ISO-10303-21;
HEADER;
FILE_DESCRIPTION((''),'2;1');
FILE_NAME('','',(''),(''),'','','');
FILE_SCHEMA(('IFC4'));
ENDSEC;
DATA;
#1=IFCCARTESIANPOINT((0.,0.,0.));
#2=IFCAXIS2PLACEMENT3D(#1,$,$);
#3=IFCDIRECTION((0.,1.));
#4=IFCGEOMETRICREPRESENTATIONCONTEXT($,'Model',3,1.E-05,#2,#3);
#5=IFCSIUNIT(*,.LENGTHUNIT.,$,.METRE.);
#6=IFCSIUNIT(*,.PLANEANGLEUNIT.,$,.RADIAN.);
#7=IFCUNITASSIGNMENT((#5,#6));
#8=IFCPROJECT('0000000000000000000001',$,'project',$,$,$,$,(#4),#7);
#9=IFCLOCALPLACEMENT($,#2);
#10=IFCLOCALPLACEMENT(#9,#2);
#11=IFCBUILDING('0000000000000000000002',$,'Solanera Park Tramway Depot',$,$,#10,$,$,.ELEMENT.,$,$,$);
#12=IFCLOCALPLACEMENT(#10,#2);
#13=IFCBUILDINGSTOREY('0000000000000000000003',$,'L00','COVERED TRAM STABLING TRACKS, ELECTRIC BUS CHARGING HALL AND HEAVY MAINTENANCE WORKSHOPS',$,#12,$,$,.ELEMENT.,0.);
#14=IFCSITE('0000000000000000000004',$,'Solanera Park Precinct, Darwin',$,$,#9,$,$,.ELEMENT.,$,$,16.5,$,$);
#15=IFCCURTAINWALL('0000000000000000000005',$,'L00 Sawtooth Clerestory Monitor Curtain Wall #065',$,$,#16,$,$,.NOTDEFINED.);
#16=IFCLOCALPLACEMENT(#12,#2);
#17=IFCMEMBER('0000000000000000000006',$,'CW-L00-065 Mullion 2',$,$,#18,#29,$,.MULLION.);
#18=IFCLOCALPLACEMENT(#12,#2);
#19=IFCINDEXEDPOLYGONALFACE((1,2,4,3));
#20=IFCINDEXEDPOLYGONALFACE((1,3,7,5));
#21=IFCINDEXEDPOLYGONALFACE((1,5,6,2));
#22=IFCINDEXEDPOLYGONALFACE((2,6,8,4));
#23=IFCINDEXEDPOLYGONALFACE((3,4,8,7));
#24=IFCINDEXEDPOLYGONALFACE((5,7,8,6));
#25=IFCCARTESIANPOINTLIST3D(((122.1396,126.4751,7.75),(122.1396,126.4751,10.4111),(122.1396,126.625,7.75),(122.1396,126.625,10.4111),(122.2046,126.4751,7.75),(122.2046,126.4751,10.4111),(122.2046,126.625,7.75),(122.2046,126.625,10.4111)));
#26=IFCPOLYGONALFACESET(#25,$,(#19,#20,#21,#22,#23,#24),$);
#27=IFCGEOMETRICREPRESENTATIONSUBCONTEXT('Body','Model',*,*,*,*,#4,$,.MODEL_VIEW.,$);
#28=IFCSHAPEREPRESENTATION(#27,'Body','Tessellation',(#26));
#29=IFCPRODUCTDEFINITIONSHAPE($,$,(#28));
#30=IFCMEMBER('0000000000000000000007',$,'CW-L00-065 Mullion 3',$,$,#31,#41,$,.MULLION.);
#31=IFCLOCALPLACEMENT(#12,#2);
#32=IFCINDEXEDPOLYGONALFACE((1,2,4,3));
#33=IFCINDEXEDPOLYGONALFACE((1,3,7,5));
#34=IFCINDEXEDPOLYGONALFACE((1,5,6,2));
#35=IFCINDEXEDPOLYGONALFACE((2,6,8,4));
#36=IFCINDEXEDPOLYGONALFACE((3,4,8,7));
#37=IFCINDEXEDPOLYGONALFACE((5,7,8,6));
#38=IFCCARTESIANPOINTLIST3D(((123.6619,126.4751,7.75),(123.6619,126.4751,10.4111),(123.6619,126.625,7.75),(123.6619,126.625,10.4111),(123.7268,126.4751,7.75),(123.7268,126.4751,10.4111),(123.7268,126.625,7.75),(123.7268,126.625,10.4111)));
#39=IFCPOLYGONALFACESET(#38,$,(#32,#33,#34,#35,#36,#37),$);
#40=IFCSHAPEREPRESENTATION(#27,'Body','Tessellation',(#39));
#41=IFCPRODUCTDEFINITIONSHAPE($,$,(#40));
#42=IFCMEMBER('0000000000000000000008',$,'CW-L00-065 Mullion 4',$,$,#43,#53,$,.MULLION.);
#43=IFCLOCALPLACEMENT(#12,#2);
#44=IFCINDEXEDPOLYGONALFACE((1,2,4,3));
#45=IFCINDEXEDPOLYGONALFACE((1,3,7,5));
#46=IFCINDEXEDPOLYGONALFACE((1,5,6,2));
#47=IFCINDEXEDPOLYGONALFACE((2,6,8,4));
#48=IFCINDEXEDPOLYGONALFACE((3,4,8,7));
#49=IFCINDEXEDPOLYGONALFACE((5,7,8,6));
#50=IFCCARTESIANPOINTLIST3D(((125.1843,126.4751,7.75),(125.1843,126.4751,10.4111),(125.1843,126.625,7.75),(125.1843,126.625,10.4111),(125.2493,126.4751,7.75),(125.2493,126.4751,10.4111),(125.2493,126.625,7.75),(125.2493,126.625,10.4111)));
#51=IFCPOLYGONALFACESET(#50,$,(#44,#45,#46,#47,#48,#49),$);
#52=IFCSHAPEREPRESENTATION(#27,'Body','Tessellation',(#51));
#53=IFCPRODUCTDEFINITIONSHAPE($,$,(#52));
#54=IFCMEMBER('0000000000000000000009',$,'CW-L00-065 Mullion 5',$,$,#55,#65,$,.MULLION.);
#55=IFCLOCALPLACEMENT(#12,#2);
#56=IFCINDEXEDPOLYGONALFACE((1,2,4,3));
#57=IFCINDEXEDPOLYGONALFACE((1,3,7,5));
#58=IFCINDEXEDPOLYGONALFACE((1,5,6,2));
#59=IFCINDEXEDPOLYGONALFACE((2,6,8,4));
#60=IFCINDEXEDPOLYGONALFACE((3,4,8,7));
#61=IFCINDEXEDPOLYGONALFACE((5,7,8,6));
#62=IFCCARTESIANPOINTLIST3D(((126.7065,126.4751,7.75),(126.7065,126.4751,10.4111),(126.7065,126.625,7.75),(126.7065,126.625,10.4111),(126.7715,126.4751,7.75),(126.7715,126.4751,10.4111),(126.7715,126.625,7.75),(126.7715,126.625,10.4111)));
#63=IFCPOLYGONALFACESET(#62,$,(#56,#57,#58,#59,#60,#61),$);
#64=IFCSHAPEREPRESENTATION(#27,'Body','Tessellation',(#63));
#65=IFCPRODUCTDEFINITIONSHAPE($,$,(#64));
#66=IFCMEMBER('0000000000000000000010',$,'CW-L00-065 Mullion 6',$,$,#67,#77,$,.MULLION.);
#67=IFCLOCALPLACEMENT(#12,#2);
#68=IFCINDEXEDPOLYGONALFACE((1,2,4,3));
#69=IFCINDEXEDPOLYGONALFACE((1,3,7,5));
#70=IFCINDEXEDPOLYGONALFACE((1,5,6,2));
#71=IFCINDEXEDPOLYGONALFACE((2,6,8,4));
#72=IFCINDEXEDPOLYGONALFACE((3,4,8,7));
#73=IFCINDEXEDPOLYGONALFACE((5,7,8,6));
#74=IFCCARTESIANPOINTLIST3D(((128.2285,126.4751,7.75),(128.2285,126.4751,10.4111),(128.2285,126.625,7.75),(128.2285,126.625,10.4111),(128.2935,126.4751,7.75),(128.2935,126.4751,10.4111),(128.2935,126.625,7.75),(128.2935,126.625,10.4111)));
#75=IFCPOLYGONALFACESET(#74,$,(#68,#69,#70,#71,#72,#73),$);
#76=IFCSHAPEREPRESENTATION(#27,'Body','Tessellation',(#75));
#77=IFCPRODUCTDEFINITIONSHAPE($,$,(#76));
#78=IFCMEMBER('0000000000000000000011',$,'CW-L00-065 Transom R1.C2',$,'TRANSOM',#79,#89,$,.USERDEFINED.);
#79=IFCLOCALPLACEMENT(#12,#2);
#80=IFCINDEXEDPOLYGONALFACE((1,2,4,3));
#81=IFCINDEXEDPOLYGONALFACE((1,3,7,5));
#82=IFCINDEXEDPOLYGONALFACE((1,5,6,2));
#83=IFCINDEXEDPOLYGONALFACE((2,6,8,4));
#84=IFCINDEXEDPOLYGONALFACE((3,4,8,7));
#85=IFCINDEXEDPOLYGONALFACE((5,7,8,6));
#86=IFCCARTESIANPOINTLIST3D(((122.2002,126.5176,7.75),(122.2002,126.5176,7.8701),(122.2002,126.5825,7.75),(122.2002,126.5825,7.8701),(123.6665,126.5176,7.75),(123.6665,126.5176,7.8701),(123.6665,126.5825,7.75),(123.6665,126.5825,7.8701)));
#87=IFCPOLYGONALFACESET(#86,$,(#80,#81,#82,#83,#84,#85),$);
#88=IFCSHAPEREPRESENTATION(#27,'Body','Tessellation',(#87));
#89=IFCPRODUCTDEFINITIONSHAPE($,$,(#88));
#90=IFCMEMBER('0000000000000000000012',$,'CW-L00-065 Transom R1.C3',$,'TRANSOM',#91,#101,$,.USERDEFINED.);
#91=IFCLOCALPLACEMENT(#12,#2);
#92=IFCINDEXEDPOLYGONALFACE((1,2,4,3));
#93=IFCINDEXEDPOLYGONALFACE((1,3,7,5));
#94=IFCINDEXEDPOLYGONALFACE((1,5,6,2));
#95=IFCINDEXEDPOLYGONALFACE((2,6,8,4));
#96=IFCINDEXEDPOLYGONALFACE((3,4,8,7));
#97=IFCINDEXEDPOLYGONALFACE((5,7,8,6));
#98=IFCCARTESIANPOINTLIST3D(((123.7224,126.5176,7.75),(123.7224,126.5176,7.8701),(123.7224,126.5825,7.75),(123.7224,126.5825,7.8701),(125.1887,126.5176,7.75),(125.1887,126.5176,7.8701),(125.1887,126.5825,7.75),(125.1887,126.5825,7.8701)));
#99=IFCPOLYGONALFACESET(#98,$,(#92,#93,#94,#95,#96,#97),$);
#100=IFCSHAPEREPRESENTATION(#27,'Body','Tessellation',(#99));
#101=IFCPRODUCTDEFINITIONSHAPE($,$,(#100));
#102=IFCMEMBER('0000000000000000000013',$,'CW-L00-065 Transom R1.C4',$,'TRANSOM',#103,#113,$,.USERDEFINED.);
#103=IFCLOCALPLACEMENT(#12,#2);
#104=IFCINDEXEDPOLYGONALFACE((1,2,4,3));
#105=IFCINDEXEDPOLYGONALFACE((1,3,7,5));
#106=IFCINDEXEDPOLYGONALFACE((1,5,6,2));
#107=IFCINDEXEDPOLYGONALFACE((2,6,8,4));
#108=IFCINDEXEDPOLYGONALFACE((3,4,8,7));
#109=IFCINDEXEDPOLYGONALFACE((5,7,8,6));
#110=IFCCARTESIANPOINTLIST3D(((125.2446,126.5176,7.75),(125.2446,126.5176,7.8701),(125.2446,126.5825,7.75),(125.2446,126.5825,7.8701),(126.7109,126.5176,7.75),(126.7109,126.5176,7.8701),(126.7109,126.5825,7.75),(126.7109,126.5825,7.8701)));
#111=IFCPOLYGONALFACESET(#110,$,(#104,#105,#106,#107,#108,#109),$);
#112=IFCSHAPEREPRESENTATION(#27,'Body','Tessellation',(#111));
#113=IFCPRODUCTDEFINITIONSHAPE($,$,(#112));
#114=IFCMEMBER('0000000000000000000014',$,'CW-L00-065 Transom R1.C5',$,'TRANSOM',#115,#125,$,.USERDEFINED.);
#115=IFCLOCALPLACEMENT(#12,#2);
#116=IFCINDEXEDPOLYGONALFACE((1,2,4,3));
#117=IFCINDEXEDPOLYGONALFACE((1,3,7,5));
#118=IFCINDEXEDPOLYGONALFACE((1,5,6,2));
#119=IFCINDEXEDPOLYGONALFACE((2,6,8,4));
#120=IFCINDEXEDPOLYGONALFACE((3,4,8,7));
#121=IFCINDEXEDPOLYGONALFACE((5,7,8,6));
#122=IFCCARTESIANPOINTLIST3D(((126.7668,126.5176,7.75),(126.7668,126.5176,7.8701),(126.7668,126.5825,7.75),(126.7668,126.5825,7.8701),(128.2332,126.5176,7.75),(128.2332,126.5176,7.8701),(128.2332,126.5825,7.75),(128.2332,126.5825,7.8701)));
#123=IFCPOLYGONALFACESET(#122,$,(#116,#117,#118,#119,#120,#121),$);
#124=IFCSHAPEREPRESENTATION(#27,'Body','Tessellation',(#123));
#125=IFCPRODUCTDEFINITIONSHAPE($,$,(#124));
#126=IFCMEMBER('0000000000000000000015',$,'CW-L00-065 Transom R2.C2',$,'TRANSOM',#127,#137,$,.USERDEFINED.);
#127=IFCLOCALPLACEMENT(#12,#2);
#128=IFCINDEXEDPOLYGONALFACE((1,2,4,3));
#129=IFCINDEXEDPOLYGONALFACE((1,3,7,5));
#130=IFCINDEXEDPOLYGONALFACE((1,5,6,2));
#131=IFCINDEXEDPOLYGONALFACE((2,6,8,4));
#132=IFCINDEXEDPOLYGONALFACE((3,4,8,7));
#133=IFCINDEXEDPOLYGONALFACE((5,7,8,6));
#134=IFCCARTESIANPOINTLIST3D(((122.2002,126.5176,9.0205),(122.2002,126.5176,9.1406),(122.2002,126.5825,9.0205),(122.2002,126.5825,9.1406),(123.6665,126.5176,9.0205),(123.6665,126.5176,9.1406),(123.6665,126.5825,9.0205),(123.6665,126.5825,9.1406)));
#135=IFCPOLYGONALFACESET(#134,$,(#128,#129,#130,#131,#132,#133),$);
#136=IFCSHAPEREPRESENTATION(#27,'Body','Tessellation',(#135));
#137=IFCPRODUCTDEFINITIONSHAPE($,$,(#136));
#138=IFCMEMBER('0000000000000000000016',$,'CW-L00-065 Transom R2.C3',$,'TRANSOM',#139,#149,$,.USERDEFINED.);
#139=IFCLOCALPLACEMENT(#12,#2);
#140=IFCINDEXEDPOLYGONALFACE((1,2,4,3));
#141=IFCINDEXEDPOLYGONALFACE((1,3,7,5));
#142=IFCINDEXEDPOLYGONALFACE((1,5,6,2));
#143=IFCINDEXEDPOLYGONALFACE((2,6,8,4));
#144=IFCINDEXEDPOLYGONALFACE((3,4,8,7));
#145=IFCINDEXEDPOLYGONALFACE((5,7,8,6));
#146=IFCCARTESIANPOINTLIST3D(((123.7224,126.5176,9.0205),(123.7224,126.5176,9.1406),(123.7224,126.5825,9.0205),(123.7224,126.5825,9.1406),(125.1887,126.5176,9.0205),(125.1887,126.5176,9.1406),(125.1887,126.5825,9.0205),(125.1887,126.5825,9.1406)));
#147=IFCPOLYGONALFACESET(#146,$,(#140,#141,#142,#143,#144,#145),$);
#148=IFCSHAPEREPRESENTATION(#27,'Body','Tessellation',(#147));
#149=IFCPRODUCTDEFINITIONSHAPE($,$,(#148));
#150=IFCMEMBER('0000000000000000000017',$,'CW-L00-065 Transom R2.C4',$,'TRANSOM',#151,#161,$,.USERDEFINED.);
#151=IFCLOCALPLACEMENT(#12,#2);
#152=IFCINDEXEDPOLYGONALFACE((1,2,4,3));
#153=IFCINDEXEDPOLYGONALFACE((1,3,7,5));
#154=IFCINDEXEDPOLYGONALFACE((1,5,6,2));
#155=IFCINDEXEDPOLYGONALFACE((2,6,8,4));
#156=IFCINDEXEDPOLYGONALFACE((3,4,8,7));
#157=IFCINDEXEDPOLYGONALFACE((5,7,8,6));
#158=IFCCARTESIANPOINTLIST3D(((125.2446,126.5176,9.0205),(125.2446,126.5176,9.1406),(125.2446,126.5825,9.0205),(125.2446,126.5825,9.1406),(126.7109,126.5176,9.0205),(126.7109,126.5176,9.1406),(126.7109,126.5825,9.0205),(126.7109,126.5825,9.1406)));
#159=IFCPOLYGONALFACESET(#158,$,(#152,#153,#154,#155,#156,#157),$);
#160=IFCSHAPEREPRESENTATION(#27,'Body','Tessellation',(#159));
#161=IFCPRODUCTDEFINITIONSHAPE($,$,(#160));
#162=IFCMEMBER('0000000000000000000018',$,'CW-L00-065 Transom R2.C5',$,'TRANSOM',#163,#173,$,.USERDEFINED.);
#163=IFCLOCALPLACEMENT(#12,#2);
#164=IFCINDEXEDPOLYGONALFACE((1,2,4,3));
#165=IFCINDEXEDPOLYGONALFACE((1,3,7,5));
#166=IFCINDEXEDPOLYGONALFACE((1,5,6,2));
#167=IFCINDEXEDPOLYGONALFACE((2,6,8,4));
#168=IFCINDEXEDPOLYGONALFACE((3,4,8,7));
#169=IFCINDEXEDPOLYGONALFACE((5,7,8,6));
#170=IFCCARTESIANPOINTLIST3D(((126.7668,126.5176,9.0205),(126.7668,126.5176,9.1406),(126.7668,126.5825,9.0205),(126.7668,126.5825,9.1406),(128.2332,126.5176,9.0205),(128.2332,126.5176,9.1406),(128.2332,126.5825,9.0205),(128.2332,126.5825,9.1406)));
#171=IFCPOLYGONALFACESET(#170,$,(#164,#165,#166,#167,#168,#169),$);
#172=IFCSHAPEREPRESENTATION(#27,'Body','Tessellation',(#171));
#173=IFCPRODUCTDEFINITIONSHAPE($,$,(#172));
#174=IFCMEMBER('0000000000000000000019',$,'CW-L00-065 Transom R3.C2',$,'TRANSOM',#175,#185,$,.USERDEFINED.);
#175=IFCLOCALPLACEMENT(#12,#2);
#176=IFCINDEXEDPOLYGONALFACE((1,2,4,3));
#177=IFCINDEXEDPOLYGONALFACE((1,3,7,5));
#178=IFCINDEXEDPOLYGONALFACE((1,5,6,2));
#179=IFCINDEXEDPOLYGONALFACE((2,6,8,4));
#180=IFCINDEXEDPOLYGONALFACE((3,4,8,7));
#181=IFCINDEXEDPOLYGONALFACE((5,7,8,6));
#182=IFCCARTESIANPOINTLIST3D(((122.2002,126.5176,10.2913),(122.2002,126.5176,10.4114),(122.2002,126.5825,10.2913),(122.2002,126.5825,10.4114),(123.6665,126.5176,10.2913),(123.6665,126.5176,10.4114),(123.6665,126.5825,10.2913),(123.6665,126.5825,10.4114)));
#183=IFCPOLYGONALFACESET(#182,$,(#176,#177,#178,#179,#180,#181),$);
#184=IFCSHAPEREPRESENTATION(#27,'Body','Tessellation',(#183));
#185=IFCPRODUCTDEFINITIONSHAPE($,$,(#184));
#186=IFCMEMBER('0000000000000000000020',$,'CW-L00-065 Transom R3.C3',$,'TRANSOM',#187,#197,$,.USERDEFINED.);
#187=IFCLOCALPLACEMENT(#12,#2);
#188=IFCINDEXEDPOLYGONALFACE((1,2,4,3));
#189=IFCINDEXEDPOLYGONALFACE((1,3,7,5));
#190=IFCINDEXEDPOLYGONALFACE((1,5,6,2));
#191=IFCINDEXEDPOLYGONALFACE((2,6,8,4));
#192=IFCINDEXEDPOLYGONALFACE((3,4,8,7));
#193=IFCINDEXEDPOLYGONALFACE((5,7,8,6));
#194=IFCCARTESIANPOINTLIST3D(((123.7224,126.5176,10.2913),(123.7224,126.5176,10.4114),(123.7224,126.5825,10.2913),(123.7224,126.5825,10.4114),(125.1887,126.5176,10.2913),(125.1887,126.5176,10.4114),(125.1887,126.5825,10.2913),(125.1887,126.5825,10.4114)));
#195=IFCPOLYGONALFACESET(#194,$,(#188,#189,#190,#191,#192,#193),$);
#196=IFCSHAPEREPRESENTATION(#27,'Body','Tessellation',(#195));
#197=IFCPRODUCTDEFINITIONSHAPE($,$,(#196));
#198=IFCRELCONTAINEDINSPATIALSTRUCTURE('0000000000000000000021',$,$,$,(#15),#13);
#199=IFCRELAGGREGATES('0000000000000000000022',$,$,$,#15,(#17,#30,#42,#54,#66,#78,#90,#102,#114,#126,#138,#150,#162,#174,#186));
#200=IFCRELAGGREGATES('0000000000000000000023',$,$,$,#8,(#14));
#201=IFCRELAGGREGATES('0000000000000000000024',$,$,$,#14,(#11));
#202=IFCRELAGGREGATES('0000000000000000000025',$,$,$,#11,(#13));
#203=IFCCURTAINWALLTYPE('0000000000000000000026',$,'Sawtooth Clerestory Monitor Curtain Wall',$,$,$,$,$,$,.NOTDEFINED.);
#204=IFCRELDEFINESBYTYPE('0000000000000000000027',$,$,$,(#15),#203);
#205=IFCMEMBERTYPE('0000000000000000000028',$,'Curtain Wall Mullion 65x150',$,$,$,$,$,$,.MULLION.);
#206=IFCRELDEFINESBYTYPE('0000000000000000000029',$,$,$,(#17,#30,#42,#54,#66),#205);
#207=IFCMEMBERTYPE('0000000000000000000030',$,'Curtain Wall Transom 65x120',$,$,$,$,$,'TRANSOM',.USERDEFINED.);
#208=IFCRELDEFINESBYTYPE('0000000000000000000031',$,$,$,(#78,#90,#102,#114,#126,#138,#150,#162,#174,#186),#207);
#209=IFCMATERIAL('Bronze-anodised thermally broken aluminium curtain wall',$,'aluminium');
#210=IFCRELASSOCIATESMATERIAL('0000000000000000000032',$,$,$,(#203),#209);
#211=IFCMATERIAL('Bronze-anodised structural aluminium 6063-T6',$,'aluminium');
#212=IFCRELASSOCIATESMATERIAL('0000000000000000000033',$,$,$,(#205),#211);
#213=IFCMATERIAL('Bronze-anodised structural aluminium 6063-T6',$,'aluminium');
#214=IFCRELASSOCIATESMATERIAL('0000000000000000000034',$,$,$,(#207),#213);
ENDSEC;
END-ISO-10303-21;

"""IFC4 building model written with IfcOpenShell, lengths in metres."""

from ifc_helpers import new_model, si_unit, direction, frame, origin, origin_2d, place, context, subcontext, project, spatial, rectangle, extrude, material, material_profile, profile_set, type_object, element, aggregate, save


model = new_model("IFC4")

# Units and contexts
model_context = context("Model", 3, precision=1e-05, world=origin(), true_north=direction((0.0, 1.0)))
body_context = subcontext(model_context, "Body", "Model", "MODEL_VIEW")
ifc_project = project(units=[si_unit("LENGTHUNIT", "METRE"), si_unit("PLANEANGLEUNIT", "RADIAN")], contexts=[model_context])

# Site, building, storey
site_placement = place(None, origin())
site = spatial("IfcSite", under=ifc_project, at=site_placement, Name="Solanera Park Precinct, Darwin", CompositionType="ELEMENT", RefElevation=16.5)
building_placement = place(site_placement, origin())
building = spatial("IfcBuilding", under=site, at=building_placement, Name="Solanera Park Tramway Depot", CompositionType="ELEMENT")
storey_placement = place(building_placement, origin())
storey = spatial("IfcBuildingStorey", under=building, at=storey_placement, Name="L00", Description="COVERED TRAM STABLING TRACKS, ELECTRIC BUS CHARGING HALL AND HEAVY MAINTENANCE WORKSHOPS", CompositionType="ELEMENT", Elevation=0.0)

# Curtain wall, members
ifc_material_1 = material(Name="Bronze-anodised thermally broken aluminium curtain wall", Category="aluminium")
curtain_wall_type = type_object("IfcCurtainWallType", Name="Sawtooth Clerestory Monitor Curtain Wall", PredefinedType="NOTDEFINED", material=ifc_material_1)
curtain_wall_placement = place(storey_placement, origin())
curtain_wall = element("IfcCurtainWall", 1, at=curtain_wall_placement, inside=storey, type_object=curtain_wall_type, Name="L00 Sawtooth Clerestory Monitor Curtain Wall #065", PredefinedType="NOTDEFINED")
ifc_material_2 = material(Name="Bronze-anodised structural aluminium 6063-T6", Category="aluminium")
ifc_material_profile_1 = material_profile(ifc_material_2, rectangle(XDim=0.0649, YDim=0.1499, at=origin_2d()), Name="Curtain Wall Mullion 65x150")
ifc_profile_set_1 = profile_set([ifc_material_profile_1], Name="Bronze-anodised structural aluminium 6063-T6")
member_type_1 = type_object("IfcMemberType", Name="Curtain Wall Mullion 65x150", PredefinedType="MULLION", material=ifc_profile_set_1)
member_1_placement = place(storey_placement, frame((122.1721, 126.55, 7.75), z_axis=(0.0, 0.0, 1.0), x_axis=(1.0, 0.0, 0.0)))
member_1 = element("IfcMember", 2, at=member_1_placement, type_object=member_type_1, Name="CW-L00-065 Mullion 2", PredefinedType="MULLION", context=body_context, shape_type="SweptSolid", body=[
    extrude(rectangle(XDim=0.0649, YDim=0.1499, at=origin_2d()), origin(), (0.0, 0.0, 1.0), 2.6611),
])
member_2_placement = place(storey_placement, frame((123.6943, 126.55, 7.75), z_axis=(0.0, 0.0, 1.0), x_axis=(1.0, 0.0, 0.0)))
member_2 = element("IfcMember", 3, at=member_2_placement, type_object=member_type_1, Name="CW-L00-065 Mullion 3", PredefinedType="MULLION", context=body_context, shape_type="SweptSolid", body=[
    extrude(rectangle(XDim=0.0649, YDim=0.1499, at=origin_2d()), origin(), (0.0, 0.0, 1.0), 2.6611),
])
member_3_placement = place(storey_placement, frame((125.2168, 126.55, 7.75), z_axis=(0.0, 0.0, 1.0), x_axis=(1.0, 0.0, 0.0)))
member_3 = element("IfcMember", 4, at=member_3_placement, type_object=member_type_1, Name="CW-L00-065 Mullion 4", PredefinedType="MULLION", context=body_context, shape_type="SweptSolid", body=[
    extrude(rectangle(XDim=0.0649, YDim=0.1499, at=origin_2d()), origin(), (0.0, 0.0, 1.0), 2.6611),
])
member_4_placement = place(storey_placement, frame((126.739, 126.55, 7.75), z_axis=(0.0, 0.0, 1.0), x_axis=(1.0, 0.0, 0.0)))
member_4 = element("IfcMember", 5, at=member_4_placement, type_object=member_type_1, Name="CW-L00-065 Mullion 5", PredefinedType="MULLION", context=body_context, shape_type="SweptSolid", body=[
    extrude(rectangle(XDim=0.0649, YDim=0.1499, at=origin_2d()), origin(), (0.0, 0.0, 1.0), 2.6611),
])
member_5_placement = place(storey_placement, frame((128.261, 126.55, 7.75), z_axis=(0.0, 0.0, 1.0), x_axis=(1.0, 0.0, 0.0)))
member_5 = element("IfcMember", 6, at=member_5_placement, type_object=member_type_1, Name="CW-L00-065 Mullion 6", PredefinedType="MULLION", context=body_context, shape_type="SweptSolid", body=[
    extrude(rectangle(XDim=0.0649, YDim=0.1499, at=origin_2d()), origin(), (0.0, 0.0, 1.0), 2.6611),
])
ifc_material_3 = material(Name="Bronze-anodised structural aluminium 6063-T6", Category="aluminium")
ifc_material_profile_2 = material_profile(ifc_material_3, rectangle(XDim=0.0649, YDim=0.1201, at=origin_2d()), Name="Curtain Wall Transom 65x120")
ifc_profile_set_2 = profile_set([ifc_material_profile_2], Name="Bronze-anodised structural aluminium 6063-T6")
member_type_2 = type_object("IfcMemberType", Name="Curtain Wall Transom 65x120", ElementType="TRANSOM", PredefinedType="USERDEFINED", material=ifc_profile_set_2)
member_6_placement = place(storey_placement, frame((122.2002, 126.55, 7.8101), z_axis=(1.0, 0.0, 0.0), x_axis=(0.0, 1.0, 0.0)))
member_6 = element("IfcMember", 7, at=member_6_placement, type_object=member_type_2, Name="CW-L00-065 Transom R1.C2", ObjectType="TRANSOM", PredefinedType="USERDEFINED", context=body_context, shape_type="SweptSolid", body=[
    extrude(rectangle(XDim=0.0649, YDim=0.1201, at=origin_2d()), origin(), (0.0, 0.0, 1.0), 1.4663),
])
member_7_placement = place(storey_placement, frame((123.7224, 126.55, 7.8101), z_axis=(1.0, 0.0, 0.0), x_axis=(0.0, 1.0, 0.0)))
member_7 = element("IfcMember", 8, at=member_7_placement, type_object=member_type_2, Name="CW-L00-065 Transom R1.C3", ObjectType="TRANSOM", PredefinedType="USERDEFINED", context=body_context, shape_type="SweptSolid", body=[
    extrude(rectangle(XDim=0.0649, YDim=0.1201, at=origin_2d()), origin(), (0.0, 0.0, 1.0), 1.4663),
])
member_8_placement = place(storey_placement, frame((125.2446, 126.55, 7.8101), z_axis=(1.0, 0.0, 0.0), x_axis=(0.0, 1.0, 0.0)))
member_8 = element("IfcMember", 9, at=member_8_placement, type_object=member_type_2, Name="CW-L00-065 Transom R1.C4", ObjectType="TRANSOM", PredefinedType="USERDEFINED", context=body_context, shape_type="SweptSolid", body=[
    extrude(rectangle(XDim=0.0649, YDim=0.1201, at=origin_2d()), origin(), (0.0, 0.0, 1.0), 1.4663),
])
member_9_placement = place(storey_placement, frame((126.7668, 126.55, 7.8101), z_axis=(1.0, 0.0, 0.0), x_axis=(0.0, 1.0, 0.0)))
member_9 = element("IfcMember", 10, at=member_9_placement, type_object=member_type_2, Name="CW-L00-065 Transom R1.C5", ObjectType="TRANSOM", PredefinedType="USERDEFINED", context=body_context, shape_type="SweptSolid", body=[
    extrude(rectangle(XDim=0.0649, YDim=0.1201, at=origin_2d()), origin(), (0.0, 0.0, 1.0), 1.4663),
])
member_10_placement = place(storey_placement, frame((122.2002, 126.55, 9.0806), z_axis=(1.0, 0.0, 0.0), x_axis=(0.0, 1.0, 0.0)))
member_10 = element("IfcMember", 11, at=member_10_placement, type_object=member_type_2, Name="CW-L00-065 Transom R2.C2", ObjectType="TRANSOM", PredefinedType="USERDEFINED", context=body_context, shape_type="SweptSolid", body=[
    extrude(rectangle(XDim=0.0649, YDim=0.1201, at=origin_2d()), origin(), (0.0, 0.0, 1.0), 1.4663),
])
member_11_placement = place(storey_placement, frame((123.7224, 126.55, 9.0806), z_axis=(1.0, 0.0, 0.0), x_axis=(0.0, 1.0, 0.0)))
member_11 = element("IfcMember", 12, at=member_11_placement, type_object=member_type_2, Name="CW-L00-065 Transom R2.C3", ObjectType="TRANSOM", PredefinedType="USERDEFINED", context=body_context, shape_type="SweptSolid", body=[
    extrude(rectangle(XDim=0.0649, YDim=0.1201, at=origin_2d()), origin(), (0.0, 0.0, 1.0), 1.4663),
])
member_12_placement = place(storey_placement, frame((125.2446, 126.55, 9.0806), z_axis=(1.0, 0.0, 0.0), x_axis=(0.0, 1.0, 0.0)))
member_12 = element("IfcMember", 13, at=member_12_placement, type_object=member_type_2, Name="CW-L00-065 Transom R2.C4", ObjectType="TRANSOM", PredefinedType="USERDEFINED", context=body_context, shape_type="SweptSolid", body=[
    extrude(rectangle(XDim=0.0649, YDim=0.1201, at=origin_2d()), origin(), (0.0, 0.0, 1.0), 1.4663),
])
member_13_placement = place(storey_placement, frame((126.7668, 126.55, 9.0806), z_axis=(1.0, 0.0, 0.0), x_axis=(0.0, 1.0, 0.0)))
member_13 = element("IfcMember", 14, at=member_13_placement, type_object=member_type_2, Name="CW-L00-065 Transom R2.C5", ObjectType="TRANSOM", PredefinedType="USERDEFINED", context=body_context, shape_type="SweptSolid", body=[
    extrude(rectangle(XDim=0.0649, YDim=0.1201, at=origin_2d()), origin(), (0.0, 0.0, 1.0), 1.4663),
])
member_14_placement = place(storey_placement, frame((122.2002, 126.55, 10.3513), z_axis=(1.0, 0.0, 0.0), x_axis=(0.0, 1.0, 0.0)))
member_14 = element("IfcMember", 15, at=member_14_placement, type_object=member_type_2, Name="CW-L00-065 Transom R3.C2", ObjectType="TRANSOM", PredefinedType="USERDEFINED", context=body_context, shape_type="SweptSolid", body=[
    extrude(rectangle(XDim=0.0649, YDim=0.1201, at=origin_2d()), origin(), (0.0, 0.0, 1.0), 1.4663),
])
member_15_placement = place(storey_placement, frame((123.7224, 126.55, 10.3513), z_axis=(1.0, 0.0, 0.0), x_axis=(0.0, 1.0, 0.0)))
member_15 = element("IfcMember", 16, at=member_15_placement, type_object=member_type_2, Name="CW-L00-065 Transom R3.C3", ObjectType="TRANSOM", PredefinedType="USERDEFINED", context=body_context, shape_type="SweptSolid", body=[
    extrude(rectangle(XDim=0.0649, YDim=0.1201, at=origin_2d()), origin(), (0.0, 0.0, 1.0), 1.4663),
])

aggregate(curtain_wall, [member_1, member_2, member_3, member_4, member_5, member_6, member_7, member_8, member_9, member_10, member_11, member_12, member_13, member_14, member_15])

save(model, "model.ifc")
